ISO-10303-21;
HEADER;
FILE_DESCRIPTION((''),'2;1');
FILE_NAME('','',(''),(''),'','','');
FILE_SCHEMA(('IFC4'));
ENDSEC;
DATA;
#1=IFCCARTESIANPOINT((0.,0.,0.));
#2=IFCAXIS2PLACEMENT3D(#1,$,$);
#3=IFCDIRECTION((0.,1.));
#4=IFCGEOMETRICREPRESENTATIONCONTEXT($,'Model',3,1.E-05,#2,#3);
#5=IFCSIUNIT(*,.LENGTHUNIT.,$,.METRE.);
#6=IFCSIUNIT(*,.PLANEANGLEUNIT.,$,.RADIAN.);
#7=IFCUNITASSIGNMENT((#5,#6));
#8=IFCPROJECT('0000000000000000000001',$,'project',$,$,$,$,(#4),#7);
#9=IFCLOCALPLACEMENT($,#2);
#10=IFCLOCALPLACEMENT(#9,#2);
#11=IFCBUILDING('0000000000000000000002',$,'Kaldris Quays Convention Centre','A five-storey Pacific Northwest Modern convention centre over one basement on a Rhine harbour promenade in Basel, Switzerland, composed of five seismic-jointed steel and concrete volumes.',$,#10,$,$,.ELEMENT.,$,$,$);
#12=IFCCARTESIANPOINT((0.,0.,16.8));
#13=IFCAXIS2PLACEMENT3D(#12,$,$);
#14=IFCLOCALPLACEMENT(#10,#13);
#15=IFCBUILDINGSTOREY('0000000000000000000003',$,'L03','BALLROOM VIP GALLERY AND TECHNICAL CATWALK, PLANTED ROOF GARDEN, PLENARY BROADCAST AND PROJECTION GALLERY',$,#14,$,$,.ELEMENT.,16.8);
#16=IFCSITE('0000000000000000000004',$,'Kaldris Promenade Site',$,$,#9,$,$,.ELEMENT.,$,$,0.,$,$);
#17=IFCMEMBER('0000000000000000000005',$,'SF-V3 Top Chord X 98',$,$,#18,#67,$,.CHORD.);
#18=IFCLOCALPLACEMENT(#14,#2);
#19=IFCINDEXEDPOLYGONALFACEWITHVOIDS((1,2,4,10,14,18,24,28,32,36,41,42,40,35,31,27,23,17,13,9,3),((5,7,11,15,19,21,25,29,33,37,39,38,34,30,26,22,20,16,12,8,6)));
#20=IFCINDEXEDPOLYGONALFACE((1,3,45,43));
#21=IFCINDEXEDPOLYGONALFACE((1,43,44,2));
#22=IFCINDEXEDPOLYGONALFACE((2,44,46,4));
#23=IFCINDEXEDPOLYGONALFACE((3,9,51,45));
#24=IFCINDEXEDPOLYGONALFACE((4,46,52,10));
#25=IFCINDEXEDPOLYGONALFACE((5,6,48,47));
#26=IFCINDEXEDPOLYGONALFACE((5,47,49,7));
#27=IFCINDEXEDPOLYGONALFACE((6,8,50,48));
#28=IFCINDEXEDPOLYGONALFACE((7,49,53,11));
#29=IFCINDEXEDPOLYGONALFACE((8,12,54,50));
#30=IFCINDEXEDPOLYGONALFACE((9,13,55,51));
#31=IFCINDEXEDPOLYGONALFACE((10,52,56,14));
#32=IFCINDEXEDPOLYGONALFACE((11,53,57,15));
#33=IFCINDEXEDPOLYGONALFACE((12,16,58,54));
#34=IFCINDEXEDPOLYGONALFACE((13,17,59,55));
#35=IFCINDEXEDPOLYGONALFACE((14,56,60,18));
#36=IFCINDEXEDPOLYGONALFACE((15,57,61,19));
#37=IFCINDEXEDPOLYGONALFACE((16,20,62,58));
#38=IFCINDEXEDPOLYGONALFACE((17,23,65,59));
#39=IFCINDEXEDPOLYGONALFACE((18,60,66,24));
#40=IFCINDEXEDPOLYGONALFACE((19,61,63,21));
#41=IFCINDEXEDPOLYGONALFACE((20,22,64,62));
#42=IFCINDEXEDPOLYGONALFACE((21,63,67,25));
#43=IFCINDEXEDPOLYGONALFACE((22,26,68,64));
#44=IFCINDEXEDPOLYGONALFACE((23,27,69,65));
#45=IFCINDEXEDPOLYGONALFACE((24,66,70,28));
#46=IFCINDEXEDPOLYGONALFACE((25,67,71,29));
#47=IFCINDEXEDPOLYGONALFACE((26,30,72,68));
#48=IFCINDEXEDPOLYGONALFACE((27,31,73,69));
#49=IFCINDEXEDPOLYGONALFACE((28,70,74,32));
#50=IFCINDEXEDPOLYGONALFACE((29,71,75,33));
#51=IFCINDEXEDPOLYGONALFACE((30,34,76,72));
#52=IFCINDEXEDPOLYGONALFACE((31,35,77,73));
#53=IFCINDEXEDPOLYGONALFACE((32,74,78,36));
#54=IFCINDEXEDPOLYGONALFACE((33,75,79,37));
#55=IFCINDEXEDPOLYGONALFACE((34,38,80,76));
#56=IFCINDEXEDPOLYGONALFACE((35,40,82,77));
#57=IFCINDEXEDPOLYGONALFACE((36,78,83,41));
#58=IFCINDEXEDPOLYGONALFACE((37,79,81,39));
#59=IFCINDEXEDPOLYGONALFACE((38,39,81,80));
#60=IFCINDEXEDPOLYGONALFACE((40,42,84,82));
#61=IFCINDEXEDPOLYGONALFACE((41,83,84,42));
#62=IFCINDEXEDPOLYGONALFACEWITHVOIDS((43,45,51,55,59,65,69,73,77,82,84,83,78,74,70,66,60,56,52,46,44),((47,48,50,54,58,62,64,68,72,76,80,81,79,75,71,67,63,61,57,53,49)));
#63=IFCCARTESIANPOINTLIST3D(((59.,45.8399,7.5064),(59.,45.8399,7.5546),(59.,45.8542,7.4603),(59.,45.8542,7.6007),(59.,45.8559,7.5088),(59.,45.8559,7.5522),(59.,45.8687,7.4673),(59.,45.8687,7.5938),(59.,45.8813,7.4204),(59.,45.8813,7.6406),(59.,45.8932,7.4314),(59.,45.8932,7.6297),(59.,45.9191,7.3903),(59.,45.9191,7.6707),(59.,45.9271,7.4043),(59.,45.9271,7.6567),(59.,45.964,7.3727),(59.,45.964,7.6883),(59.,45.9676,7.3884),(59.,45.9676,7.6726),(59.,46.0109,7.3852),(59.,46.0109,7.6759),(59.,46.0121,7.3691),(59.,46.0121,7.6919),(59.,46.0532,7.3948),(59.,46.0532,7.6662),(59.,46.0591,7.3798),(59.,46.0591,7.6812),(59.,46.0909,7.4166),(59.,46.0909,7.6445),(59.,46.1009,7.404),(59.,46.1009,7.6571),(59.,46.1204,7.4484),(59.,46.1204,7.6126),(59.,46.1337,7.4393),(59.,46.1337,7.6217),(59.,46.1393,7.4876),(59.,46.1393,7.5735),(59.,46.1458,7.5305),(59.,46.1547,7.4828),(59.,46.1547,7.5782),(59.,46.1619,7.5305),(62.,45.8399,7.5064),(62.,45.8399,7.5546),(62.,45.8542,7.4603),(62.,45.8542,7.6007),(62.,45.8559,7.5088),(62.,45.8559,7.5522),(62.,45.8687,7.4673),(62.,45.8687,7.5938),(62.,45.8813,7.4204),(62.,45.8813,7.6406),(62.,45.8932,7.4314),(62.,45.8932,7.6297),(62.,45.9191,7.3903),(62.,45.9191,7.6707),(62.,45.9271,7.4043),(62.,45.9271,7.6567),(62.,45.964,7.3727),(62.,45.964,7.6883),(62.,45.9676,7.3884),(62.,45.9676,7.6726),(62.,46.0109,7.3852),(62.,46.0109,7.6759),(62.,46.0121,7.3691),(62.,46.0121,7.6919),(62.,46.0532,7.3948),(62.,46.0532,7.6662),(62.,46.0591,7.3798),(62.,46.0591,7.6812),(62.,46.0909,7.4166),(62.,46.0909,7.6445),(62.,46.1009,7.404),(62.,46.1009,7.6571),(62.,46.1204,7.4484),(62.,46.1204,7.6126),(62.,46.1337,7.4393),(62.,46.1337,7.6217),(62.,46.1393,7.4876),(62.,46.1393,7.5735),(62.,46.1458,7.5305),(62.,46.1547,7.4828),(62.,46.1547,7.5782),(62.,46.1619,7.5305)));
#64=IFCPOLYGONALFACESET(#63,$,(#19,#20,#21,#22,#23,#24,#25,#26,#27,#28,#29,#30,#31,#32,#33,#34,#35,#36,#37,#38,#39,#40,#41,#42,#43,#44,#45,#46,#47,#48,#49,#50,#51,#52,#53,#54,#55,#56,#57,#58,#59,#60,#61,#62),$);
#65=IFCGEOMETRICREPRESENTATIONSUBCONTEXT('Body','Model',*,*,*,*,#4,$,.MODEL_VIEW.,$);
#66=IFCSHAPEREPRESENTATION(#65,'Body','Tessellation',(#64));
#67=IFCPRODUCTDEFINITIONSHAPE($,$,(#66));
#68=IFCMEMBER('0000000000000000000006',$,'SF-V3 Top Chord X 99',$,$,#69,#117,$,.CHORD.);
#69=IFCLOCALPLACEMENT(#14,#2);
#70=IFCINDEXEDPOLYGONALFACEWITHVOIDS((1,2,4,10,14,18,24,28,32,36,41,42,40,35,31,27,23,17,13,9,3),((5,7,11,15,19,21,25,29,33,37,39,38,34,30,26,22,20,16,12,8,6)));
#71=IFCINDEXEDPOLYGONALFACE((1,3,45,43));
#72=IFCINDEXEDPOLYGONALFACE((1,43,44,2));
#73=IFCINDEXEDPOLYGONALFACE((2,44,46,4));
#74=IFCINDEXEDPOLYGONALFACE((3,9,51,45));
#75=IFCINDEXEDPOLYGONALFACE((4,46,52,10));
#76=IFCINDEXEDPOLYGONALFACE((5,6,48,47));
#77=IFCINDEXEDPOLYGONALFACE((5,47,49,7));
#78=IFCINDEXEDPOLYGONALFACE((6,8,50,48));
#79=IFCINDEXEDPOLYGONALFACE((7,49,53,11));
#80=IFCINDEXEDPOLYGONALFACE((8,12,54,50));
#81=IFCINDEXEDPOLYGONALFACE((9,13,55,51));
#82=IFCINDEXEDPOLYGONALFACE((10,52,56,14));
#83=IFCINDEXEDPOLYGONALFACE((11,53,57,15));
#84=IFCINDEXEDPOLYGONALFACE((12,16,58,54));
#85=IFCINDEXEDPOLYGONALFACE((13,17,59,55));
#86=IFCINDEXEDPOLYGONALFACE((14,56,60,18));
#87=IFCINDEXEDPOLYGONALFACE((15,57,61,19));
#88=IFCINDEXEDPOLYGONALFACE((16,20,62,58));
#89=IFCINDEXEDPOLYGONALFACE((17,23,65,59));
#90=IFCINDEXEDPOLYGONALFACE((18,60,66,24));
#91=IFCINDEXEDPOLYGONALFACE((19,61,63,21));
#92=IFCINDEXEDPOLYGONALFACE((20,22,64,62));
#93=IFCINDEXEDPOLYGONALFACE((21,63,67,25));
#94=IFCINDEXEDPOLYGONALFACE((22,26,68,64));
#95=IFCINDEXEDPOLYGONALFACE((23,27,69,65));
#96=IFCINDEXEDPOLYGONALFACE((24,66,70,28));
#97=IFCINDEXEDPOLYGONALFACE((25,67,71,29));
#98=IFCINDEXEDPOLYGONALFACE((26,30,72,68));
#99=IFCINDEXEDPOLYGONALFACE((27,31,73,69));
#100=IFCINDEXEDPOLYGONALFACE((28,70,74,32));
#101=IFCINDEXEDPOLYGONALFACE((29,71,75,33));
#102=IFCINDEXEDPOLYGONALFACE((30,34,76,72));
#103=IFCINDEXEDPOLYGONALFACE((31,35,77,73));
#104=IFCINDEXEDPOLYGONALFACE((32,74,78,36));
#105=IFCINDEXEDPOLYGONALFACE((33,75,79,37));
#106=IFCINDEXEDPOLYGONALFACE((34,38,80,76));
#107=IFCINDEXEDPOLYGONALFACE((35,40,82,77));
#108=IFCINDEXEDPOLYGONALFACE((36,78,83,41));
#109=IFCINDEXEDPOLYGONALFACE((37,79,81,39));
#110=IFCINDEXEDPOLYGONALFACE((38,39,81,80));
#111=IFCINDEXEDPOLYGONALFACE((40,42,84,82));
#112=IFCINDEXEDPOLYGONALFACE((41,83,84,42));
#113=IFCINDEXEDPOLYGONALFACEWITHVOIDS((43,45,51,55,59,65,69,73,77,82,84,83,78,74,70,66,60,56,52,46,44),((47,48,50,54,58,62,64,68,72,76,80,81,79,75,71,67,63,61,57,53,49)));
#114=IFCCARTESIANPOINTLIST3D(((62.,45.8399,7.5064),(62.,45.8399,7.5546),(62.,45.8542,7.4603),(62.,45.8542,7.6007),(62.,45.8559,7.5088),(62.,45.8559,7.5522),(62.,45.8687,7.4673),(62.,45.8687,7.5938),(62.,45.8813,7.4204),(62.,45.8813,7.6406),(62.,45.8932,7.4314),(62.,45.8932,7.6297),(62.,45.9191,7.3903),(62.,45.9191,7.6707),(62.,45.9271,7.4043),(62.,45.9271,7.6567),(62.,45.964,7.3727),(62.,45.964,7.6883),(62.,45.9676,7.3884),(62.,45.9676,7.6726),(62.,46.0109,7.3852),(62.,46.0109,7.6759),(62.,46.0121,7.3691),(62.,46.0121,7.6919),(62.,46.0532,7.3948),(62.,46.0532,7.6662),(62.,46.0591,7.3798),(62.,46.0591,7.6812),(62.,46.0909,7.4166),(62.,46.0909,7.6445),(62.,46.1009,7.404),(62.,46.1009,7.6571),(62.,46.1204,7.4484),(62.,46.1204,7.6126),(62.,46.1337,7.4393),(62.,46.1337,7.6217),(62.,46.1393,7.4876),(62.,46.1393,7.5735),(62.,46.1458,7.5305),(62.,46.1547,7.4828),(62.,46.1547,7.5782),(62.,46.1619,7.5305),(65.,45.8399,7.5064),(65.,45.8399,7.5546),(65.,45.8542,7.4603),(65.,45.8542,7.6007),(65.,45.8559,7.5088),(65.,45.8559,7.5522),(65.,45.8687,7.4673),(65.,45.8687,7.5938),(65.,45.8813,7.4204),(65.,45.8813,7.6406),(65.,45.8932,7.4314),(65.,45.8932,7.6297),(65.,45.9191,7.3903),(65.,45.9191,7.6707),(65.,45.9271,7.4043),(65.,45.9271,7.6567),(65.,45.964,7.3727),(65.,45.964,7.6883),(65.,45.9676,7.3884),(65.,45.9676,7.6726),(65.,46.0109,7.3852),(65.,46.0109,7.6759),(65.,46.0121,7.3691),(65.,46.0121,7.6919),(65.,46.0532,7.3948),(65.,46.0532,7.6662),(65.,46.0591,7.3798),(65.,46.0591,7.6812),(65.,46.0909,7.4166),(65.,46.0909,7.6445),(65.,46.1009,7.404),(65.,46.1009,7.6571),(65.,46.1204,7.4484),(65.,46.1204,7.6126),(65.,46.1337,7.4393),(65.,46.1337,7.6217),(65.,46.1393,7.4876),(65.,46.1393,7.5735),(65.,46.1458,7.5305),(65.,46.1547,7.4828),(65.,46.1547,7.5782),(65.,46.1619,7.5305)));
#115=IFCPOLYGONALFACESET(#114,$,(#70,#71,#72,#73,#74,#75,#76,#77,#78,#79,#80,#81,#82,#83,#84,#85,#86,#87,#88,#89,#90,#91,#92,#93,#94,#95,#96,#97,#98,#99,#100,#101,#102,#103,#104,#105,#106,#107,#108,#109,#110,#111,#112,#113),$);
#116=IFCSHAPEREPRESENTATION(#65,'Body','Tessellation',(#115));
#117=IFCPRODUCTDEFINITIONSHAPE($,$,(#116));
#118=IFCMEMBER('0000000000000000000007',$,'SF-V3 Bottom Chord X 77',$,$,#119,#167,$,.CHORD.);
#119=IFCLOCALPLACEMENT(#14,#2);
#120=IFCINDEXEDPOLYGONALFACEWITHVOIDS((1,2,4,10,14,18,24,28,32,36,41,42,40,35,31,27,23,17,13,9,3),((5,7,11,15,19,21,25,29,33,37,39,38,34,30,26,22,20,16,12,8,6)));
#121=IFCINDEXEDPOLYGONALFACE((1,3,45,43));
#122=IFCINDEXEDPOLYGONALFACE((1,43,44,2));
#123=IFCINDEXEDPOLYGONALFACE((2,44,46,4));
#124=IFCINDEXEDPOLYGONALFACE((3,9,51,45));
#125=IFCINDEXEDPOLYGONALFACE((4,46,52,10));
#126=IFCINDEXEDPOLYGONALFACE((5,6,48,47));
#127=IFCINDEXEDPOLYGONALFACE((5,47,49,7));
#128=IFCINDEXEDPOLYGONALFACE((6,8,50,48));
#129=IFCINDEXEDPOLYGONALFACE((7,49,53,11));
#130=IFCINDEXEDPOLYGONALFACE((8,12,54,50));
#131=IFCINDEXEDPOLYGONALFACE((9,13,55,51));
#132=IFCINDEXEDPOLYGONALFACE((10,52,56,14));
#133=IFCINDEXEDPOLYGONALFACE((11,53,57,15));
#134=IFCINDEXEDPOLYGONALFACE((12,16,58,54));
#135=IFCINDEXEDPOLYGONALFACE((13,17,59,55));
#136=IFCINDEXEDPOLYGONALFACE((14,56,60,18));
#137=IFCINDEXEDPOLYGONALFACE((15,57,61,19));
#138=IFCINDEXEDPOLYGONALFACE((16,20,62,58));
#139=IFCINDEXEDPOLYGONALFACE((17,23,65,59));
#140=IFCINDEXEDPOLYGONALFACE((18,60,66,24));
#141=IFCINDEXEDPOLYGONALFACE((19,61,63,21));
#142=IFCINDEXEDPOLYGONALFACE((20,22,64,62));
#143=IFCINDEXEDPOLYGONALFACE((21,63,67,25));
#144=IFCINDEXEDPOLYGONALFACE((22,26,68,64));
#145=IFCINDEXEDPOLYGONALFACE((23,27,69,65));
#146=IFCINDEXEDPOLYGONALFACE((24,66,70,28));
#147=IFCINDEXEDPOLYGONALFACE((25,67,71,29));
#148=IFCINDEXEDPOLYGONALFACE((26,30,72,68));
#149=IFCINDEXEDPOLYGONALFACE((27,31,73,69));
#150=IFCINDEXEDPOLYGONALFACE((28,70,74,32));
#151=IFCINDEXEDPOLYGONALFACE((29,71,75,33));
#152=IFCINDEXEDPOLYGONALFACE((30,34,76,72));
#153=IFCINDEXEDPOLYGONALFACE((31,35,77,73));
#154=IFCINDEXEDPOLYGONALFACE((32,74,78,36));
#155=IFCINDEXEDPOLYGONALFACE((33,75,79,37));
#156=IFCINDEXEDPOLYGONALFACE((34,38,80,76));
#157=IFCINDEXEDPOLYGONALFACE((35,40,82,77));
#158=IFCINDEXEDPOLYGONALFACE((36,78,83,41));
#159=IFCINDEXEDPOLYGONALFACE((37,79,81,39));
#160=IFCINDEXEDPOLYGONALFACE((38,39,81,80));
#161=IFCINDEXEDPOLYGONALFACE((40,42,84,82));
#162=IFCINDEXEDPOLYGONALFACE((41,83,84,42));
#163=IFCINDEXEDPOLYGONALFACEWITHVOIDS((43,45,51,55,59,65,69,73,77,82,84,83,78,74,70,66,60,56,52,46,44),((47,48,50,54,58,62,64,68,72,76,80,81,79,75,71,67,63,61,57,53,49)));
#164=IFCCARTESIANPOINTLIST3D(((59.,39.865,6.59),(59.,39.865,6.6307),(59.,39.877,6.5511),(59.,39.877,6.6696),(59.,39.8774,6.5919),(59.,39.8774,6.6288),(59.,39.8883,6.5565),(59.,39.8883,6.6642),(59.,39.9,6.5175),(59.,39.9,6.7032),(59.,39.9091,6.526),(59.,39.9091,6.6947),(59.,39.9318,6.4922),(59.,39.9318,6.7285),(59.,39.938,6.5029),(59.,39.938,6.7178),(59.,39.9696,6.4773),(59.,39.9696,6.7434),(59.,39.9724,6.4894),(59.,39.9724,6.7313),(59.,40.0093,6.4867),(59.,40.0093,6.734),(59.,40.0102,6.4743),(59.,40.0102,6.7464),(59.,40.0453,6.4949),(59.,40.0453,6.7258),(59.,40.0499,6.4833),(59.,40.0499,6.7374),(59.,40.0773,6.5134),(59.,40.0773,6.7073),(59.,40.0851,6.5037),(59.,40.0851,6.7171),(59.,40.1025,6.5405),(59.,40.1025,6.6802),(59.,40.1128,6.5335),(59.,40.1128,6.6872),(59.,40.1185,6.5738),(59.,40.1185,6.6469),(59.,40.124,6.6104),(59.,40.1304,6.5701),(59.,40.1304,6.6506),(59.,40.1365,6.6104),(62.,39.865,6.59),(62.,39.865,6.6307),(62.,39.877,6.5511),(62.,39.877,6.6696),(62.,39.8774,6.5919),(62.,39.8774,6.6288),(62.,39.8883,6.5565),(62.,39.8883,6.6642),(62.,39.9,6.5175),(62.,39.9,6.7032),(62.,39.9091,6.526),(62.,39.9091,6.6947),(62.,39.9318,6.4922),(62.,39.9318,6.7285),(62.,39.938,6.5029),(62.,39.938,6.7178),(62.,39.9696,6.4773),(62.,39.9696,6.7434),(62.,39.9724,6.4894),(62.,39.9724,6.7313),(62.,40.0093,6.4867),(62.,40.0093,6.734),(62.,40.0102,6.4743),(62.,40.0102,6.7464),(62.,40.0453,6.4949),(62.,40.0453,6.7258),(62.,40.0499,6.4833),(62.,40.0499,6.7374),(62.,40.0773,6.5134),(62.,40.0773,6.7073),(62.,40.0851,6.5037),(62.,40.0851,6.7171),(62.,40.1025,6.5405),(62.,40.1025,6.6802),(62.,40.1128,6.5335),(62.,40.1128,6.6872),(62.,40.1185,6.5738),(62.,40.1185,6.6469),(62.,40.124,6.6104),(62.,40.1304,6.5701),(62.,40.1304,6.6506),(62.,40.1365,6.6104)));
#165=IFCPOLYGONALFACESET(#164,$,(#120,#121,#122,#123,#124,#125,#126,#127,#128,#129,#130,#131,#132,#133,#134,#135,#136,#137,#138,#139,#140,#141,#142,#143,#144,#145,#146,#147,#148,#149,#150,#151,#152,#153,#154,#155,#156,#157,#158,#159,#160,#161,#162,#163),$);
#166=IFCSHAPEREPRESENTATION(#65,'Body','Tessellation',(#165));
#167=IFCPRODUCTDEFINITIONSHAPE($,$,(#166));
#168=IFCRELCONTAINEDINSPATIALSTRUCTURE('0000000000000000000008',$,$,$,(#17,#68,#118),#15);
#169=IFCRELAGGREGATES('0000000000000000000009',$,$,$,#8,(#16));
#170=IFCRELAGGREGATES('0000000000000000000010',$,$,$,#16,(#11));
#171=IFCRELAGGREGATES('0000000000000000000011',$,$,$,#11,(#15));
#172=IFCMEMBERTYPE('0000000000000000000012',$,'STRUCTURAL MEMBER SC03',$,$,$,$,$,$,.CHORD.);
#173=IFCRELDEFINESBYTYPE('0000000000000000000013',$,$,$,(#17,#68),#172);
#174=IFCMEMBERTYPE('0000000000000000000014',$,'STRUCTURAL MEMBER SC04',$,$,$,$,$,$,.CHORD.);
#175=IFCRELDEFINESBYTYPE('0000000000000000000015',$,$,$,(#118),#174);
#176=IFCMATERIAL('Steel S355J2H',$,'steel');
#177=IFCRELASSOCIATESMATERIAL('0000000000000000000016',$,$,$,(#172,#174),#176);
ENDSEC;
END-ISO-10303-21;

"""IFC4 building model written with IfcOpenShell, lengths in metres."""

from ifc_helpers import new_model, si_unit, direction, frame, origin, origin_2d, place, context, subcontext, project, spatial, hollow_circle, extrude, material, material_profile, profile_set, type_object, element, save


model = new_model("IFC4")

# Units and contexts
model_context = context("Model", 3, precision=1e-05, world=origin(), true_north=direction((0.0, 1.0)))
body_context = subcontext(model_context, "Body", "Model", "MODEL_VIEW")
ifc_project = project(units=[si_unit("LENGTHUNIT", "METRE"), si_unit("PLANEANGLEUNIT", "RADIAN")], contexts=[model_context])

# Site, building, storey
site_placement = place(None, origin())
site = spatial("IfcSite", under=ifc_project, at=site_placement, Name="Kaldris Promenade Site", CompositionType="ELEMENT", RefElevation=0.0)
building_placement = place(site_placement, origin())
building = spatial("IfcBuilding", under=site, at=building_placement, Name="Kaldris Quays Convention Centre", Description="A five-storey Pacific Northwest Modern convention centre over one basement on a Rhine harbour promenade in Basel, Switzerland, composed of five seismic-jointed steel and concrete volumes.", CompositionType="ELEMENT")
storey_placement = place(building_placement, frame((0.0, 0.0, 16.8)))
storey = spatial("IfcBuildingStorey", under=building, at=storey_placement, Name="L03", Description="BALLROOM VIP GALLERY AND TECHNICAL CATWALK, PLANTED ROOF GARDEN, PLENARY BROADCAST AND PROJECTION GALLERY", CompositionType="ELEMENT", Elevation=16.8)

# Members
ifc_material_1 = material(Name="Steel S355J2H", Category="steel")
ifc_material_profile_1 = material_profile(ifc_material_1, hollow_circle(Radius=0.1619, WallThickness=0.0161, at=origin_2d()), Name="CHS 323.9x16")
ifc_profile_set_1 = profile_set([ifc_material_profile_1], Name="Steel S355J2H")
member_type_1 = type_object("IfcMemberType", Name="STRUCTURAL MEMBER SC03", PredefinedType="CHORD", material=ifc_profile_set_1)
for number, where, z_axis, x_axis, name in (
    (1, (59.0, 46.0, 7.5305), (1.0, 0.0, 0.0), (0.0, 1.0, 0.0), "SF-V3 Top Chord X 98"),
    (2, (62.0, 46.0, 7.5305), (1.0, 0.0, 0.0), (0.0, 1.0, 0.0), "SF-V3 Top Chord X 99"),
):
    element("IfcMember", number, at=place(storey_placement, frame(where, z_axis=z_axis, x_axis=x_axis)), inside=storey, type_object=member_type_1, Name=name, PredefinedType="CHORD", context=body_context, shape_type="SweptSolid", body=[
        extrude(hollow_circle(Radius=0.1619, WallThickness=0.0161, at=origin_2d()), origin(), (0.0, 0.0, 1.0), 3.0),
    ])
ifc_material_profile_2 = material_profile(ifc_material_1, hollow_circle(Radius=0.1365, WallThickness=0.0125, at=origin_2d()), Name="CHS 273x12.5")
ifc_profile_set_2 = profile_set([ifc_material_profile_2], Name="Steel S355J2H")
member_type_2 = type_object("IfcMemberType", Name="STRUCTURAL MEMBER SC04", PredefinedType="CHORD", material=ifc_profile_set_2)
for number, where, z_axis, x_axis, name in (
    (3, (59.0, 40.0, 6.6104), (1.0, 0.0, 0.0), (0.0, 1.0, 0.0), "SF-V3 Bottom Chord X 77"),
):
    element("IfcMember", number, at=place(storey_placement, frame(where, z_axis=z_axis, x_axis=x_axis)), inside=storey, type_object=member_type_2, Name=name, PredefinedType="CHORD", context=body_context, shape_type="SweptSolid", body=[
        extrude(hollow_circle(Radius=0.1365, WallThickness=0.0125, at=origin_2d()), origin(), (0.0, 0.0, 1.0), 3.0),
    ])

save(model, "model.ifc")
